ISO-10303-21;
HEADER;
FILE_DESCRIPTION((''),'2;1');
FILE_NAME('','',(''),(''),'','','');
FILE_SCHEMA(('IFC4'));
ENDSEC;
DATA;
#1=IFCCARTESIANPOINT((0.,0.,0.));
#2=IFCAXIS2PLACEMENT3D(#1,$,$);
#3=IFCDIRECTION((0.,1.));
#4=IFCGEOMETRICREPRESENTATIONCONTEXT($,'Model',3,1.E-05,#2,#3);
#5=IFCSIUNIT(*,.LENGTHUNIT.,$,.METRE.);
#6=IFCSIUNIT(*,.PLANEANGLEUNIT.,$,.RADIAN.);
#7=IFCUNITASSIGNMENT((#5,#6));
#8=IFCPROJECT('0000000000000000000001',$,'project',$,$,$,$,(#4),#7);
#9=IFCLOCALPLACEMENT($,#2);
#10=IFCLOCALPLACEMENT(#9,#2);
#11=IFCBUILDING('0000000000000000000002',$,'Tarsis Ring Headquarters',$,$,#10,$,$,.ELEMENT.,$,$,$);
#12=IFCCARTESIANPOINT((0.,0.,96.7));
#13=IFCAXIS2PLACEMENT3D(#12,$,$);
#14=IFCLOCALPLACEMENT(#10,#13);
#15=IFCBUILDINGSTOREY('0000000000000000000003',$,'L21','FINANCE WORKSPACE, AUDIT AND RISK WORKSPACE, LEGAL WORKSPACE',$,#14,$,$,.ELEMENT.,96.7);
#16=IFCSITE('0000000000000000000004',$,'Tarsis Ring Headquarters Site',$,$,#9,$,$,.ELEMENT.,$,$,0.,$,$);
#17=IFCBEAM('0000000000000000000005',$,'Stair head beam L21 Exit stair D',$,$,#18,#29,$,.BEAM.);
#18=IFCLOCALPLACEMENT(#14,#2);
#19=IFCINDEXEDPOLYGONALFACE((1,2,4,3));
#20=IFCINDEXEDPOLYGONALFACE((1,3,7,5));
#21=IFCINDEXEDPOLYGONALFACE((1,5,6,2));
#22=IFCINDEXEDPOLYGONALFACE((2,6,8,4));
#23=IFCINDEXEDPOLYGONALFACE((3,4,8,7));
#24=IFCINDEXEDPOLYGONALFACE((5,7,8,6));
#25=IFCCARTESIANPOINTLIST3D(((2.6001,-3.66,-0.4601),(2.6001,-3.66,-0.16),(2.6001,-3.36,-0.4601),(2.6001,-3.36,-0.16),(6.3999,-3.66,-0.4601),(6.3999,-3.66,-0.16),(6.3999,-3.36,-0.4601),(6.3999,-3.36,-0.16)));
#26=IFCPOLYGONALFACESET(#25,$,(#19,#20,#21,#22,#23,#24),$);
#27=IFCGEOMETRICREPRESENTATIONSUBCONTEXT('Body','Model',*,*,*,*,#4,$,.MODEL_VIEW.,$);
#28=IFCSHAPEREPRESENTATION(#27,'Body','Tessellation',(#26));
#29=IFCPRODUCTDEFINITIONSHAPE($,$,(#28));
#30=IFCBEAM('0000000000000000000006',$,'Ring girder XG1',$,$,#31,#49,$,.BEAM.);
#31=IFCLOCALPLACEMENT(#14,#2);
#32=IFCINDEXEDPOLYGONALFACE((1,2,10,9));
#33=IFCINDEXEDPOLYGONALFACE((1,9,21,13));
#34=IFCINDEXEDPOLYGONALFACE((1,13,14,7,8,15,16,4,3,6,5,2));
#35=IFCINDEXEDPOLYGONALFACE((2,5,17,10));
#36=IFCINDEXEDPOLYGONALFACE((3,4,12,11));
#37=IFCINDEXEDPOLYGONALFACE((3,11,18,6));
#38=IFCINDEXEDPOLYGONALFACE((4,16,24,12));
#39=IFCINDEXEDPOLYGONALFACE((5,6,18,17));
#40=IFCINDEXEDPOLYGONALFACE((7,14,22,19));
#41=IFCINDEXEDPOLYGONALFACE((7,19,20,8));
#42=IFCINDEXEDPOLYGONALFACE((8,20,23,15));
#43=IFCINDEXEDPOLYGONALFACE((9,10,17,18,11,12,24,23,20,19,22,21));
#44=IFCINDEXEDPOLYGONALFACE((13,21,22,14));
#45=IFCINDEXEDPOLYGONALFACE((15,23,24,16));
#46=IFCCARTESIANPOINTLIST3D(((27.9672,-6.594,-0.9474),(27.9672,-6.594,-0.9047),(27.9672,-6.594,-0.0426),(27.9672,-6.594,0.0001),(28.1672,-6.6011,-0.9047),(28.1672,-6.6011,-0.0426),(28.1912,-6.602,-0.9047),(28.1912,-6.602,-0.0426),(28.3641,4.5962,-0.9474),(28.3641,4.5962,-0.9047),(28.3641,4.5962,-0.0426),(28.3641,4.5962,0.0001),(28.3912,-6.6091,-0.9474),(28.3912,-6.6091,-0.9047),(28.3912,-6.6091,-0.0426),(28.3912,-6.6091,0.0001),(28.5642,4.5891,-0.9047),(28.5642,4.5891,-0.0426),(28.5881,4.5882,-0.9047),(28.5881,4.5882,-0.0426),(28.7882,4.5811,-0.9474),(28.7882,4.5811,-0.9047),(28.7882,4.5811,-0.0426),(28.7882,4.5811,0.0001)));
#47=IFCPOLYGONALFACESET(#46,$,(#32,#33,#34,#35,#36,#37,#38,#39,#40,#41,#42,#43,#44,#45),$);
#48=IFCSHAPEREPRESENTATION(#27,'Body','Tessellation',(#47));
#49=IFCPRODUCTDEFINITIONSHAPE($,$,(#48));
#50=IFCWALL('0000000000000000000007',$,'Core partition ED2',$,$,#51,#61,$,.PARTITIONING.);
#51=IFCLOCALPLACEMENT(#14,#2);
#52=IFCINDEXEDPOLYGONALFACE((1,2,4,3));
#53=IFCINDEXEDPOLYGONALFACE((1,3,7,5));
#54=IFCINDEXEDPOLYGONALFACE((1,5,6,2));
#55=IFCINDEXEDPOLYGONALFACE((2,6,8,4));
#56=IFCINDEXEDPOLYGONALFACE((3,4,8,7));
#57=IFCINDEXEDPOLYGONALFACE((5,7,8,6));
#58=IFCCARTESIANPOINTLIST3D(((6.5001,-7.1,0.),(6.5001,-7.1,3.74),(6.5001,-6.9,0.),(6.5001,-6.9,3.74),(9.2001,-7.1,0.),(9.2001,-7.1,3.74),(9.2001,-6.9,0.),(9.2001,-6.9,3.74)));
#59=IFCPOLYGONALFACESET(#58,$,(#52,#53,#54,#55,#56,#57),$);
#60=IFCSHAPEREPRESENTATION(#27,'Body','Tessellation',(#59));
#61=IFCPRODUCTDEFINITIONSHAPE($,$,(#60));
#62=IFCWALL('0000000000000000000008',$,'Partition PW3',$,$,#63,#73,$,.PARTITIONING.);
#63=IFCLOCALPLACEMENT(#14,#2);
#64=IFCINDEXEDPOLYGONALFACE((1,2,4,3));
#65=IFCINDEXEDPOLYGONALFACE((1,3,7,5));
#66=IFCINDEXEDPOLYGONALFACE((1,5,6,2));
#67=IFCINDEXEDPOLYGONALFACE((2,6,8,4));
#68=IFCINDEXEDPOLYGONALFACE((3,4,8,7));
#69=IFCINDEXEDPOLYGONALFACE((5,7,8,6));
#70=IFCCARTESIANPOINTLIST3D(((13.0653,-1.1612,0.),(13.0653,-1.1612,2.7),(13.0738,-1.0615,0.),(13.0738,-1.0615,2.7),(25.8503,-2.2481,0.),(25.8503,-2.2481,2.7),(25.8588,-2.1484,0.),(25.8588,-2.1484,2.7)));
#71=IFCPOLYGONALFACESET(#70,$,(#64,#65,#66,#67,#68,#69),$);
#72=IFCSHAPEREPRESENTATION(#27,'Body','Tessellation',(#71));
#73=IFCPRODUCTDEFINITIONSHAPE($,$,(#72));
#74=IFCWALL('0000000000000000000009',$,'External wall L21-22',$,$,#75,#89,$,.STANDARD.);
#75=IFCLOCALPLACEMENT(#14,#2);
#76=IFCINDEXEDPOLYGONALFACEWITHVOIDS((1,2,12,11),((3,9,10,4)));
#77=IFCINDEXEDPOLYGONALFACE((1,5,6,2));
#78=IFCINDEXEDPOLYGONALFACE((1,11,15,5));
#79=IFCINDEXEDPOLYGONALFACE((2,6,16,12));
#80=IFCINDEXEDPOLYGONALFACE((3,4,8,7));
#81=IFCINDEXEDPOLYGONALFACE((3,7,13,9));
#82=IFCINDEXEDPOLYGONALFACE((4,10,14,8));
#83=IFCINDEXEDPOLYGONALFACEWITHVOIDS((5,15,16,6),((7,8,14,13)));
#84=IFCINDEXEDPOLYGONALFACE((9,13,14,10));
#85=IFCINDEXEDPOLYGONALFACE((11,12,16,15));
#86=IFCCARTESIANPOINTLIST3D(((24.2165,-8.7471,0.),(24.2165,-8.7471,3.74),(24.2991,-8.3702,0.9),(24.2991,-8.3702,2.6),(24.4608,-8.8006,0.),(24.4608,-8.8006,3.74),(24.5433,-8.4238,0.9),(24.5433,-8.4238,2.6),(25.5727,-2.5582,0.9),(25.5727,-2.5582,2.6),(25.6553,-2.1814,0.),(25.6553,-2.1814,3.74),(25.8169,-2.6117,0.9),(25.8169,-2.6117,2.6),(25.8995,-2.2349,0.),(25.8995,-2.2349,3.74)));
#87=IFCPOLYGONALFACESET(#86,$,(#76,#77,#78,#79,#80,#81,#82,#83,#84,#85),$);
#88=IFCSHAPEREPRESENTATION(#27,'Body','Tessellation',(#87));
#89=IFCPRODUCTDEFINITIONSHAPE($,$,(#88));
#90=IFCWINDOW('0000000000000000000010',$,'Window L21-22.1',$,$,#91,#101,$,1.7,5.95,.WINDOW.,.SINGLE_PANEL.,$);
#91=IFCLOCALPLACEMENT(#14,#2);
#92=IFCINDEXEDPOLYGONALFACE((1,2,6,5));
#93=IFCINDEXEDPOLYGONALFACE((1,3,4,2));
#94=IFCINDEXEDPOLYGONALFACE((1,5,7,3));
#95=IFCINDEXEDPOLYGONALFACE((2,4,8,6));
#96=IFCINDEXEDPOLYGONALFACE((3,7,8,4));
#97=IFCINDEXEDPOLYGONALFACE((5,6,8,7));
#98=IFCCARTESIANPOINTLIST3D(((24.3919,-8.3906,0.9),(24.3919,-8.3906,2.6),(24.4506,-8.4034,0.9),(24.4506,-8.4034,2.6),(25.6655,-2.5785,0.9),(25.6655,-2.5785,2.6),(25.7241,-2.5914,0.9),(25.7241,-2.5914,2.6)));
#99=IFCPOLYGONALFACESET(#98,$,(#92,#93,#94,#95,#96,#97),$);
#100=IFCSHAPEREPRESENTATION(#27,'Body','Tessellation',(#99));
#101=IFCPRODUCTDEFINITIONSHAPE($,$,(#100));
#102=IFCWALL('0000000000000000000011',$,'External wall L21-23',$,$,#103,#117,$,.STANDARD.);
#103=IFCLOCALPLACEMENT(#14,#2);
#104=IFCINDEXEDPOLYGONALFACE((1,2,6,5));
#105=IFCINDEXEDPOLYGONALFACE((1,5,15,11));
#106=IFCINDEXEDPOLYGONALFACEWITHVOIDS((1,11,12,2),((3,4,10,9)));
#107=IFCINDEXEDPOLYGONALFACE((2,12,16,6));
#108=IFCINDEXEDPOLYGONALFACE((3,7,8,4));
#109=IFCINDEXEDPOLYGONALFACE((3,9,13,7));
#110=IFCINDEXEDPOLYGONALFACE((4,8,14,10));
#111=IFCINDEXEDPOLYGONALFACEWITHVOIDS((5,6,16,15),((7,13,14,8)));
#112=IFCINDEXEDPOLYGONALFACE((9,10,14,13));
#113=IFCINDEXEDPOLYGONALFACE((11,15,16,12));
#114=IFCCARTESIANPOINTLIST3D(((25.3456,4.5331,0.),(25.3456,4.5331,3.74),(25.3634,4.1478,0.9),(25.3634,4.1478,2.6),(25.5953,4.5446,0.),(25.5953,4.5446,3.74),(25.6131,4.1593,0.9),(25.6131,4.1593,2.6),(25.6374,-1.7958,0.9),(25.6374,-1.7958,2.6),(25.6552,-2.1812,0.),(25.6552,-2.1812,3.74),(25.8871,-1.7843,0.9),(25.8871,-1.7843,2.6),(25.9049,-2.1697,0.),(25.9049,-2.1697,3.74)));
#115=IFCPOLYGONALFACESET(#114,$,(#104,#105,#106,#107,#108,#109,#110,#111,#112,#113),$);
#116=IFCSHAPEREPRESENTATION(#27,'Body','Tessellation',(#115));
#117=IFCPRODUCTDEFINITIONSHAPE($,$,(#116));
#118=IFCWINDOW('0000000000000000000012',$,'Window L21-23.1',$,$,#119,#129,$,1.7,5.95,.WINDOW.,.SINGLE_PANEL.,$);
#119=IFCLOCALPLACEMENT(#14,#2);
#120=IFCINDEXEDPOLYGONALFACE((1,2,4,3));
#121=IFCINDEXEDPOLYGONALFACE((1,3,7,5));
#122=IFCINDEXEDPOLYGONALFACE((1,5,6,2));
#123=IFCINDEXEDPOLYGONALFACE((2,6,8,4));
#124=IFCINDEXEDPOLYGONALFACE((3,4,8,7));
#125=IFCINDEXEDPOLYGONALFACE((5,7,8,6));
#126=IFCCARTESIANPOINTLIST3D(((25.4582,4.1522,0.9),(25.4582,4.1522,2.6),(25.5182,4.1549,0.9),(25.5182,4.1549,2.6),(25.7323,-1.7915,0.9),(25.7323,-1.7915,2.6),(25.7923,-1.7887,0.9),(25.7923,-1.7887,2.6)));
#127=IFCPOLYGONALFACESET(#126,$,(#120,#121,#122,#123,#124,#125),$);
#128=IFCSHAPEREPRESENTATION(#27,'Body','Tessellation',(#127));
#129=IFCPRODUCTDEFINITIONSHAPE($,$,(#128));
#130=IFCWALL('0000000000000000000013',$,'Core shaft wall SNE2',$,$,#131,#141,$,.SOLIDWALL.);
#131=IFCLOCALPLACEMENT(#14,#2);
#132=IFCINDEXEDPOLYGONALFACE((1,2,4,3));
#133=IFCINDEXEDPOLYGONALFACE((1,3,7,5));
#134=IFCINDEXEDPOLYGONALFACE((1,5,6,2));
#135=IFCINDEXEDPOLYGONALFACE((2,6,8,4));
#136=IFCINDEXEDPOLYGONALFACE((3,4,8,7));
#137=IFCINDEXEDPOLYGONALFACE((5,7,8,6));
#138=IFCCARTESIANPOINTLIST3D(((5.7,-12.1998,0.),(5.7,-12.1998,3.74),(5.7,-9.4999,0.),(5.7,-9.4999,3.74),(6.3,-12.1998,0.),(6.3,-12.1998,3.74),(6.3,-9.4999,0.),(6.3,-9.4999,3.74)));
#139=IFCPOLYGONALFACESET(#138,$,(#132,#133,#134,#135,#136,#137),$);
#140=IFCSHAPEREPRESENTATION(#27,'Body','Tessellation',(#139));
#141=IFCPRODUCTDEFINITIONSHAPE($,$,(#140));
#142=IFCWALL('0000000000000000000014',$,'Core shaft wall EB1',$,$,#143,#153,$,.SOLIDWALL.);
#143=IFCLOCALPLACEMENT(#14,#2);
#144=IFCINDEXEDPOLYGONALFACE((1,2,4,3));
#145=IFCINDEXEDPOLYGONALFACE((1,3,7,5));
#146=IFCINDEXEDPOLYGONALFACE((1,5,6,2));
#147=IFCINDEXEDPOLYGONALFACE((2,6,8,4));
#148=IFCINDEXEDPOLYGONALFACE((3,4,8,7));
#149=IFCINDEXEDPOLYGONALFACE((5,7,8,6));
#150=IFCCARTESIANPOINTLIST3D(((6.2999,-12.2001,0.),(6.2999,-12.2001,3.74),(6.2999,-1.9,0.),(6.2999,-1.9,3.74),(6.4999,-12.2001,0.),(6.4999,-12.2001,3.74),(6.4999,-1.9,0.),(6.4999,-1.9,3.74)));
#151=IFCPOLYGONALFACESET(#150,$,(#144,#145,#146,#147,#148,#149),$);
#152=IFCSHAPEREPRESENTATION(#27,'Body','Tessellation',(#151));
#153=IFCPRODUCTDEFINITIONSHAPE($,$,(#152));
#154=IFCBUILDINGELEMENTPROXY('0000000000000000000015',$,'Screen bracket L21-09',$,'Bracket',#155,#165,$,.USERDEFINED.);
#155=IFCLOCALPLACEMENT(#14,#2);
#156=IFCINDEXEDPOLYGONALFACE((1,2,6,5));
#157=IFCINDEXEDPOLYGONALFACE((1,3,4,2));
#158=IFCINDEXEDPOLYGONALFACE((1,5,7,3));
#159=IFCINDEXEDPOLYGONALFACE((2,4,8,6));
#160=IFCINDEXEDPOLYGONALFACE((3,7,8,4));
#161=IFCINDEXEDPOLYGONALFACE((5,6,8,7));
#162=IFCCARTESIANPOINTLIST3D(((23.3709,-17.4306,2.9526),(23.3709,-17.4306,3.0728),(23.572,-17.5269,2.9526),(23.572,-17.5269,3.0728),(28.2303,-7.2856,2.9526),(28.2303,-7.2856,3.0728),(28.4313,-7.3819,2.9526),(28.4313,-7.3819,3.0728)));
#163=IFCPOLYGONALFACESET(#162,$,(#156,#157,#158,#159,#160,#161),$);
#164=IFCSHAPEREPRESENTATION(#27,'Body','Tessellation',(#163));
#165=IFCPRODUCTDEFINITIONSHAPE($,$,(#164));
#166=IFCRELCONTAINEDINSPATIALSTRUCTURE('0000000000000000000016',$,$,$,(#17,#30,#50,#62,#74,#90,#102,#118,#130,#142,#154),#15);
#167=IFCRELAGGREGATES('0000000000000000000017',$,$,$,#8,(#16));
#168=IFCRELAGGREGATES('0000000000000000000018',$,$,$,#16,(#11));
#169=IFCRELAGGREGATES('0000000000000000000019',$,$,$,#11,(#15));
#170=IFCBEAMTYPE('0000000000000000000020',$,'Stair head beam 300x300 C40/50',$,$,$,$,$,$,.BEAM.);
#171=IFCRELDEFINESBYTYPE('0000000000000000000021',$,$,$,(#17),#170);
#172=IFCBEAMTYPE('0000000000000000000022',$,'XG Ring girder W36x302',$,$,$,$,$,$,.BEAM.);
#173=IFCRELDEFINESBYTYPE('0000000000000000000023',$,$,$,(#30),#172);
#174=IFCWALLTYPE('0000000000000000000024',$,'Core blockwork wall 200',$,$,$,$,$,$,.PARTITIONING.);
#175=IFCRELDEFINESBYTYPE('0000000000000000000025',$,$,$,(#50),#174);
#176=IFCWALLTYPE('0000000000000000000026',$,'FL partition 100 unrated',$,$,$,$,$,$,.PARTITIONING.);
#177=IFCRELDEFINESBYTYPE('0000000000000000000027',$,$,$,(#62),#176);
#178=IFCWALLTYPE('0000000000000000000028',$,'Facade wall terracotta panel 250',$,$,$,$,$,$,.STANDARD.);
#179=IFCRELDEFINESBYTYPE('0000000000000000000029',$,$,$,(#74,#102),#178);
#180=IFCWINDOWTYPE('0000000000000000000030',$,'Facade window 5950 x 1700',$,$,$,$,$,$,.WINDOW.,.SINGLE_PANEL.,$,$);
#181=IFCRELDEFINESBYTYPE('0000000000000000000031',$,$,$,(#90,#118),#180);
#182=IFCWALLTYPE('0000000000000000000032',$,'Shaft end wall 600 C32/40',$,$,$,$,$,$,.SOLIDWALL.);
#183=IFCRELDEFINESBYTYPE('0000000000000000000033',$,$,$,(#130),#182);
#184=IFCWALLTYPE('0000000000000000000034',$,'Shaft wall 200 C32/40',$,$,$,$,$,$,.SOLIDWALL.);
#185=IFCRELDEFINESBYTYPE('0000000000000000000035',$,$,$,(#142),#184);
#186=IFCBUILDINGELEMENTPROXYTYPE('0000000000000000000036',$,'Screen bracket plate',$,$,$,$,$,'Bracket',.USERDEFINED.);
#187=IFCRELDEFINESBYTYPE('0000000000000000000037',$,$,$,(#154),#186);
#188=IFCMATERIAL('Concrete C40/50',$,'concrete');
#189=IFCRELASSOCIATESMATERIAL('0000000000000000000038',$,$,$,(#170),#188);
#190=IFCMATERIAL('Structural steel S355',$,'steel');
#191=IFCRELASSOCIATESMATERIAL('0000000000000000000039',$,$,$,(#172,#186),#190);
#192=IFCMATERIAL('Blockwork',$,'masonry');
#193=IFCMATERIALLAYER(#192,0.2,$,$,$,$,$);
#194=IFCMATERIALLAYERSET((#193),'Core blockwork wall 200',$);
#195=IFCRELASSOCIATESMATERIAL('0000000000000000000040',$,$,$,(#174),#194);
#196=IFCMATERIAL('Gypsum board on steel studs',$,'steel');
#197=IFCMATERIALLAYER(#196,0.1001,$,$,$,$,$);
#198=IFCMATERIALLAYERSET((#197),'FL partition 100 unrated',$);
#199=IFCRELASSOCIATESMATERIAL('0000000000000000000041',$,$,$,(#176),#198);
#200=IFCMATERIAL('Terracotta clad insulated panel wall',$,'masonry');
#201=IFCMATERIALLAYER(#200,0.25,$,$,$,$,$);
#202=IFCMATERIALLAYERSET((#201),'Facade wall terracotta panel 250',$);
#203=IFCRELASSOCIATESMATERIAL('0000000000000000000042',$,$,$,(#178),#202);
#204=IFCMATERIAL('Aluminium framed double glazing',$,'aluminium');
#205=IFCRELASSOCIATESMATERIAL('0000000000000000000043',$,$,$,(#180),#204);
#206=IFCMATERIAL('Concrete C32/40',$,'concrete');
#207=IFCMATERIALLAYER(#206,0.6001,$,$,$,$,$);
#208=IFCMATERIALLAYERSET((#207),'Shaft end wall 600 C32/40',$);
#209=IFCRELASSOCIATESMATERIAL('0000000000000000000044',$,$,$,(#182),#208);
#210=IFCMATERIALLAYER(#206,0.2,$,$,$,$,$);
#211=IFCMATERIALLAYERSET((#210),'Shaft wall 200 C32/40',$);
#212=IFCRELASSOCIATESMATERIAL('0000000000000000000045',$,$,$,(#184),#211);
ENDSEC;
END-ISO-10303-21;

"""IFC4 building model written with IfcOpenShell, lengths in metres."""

from ifc_helpers import new_model, si_unit, direction, frame, frame_2d, origin, origin_2d, place, context, subcontext, project, spatial, rectangle, i_section, extrude, material, layer, layer_set, material_profile, profile_set, type_object, element, fill, save


model = new_model("IFC4")

# Units and contexts
model_context = context("Model", 3, precision=1e-05, world=origin(), true_north=direction((0.0, 1.0)))
body_context = subcontext(model_context, "Body", "Model", "MODEL_VIEW")
ifc_project = project(units=[si_unit("LENGTHUNIT", "METRE"), si_unit("PLANEANGLEUNIT", "RADIAN")], contexts=[model_context])

# Site, building, storey
site_placement = place(None, origin())
site = spatial("IfcSite", under=ifc_project, at=site_placement, Name="Tarsis Ring Headquarters Site", CompositionType="ELEMENT", RefElevation=0.0)
building_placement = place(site_placement, origin())
building = spatial("IfcBuilding", under=site, at=building_placement, Name="Tarsis Ring Headquarters", CompositionType="ELEMENT")
storey_placement = place(building_placement, frame((0.0, 0.0, 96.7)))
storey = spatial("IfcBuildingStorey", under=building, at=storey_placement, Name="L21", Description="FINANCE WORKSPACE, AUDIT AND RISK WORKSPACE, LEGAL WORKSPACE", CompositionType="ELEMENT", Elevation=96.7)

# Shared definitions
ifc_material_1 = material(Name="Structural steel S355", Category="steel")

# Beams
ifc_material_2 = material(Name="Concrete C40/50", Category="concrete")
ifc_material_profile_1 = material_profile(ifc_material_2, rectangle(XDim=0.3, YDim=0.3, at=origin_2d()), Name="Stair head beam 300x300 C40/50")
ifc_profile_set_1 = profile_set([ifc_material_profile_1], Name="Concrete C40/50")
beam_type_1 = type_object("IfcBeamType", Name="Stair head beam 300x300 C40/50", PredefinedType="BEAM", material=ifc_profile_set_1)
beam_1_placement = place(storey_placement, frame((2.6001, -3.51, -0.3101), z_axis=(1.0, 0.0, 0.0), x_axis=(0.0, 1.0, 0.0)))
element("IfcBeam", 1, at=beam_1_placement, inside=storey, type_object=beam_type_1, Name="Stair head beam L21 Exit stair D", PredefinedType="BEAM", context=body_context, shape_type="SweptSolid", body=[
    extrude(rectangle(XDim=0.3, YDim=0.3, at=origin_2d()), origin(), (0.0, 0.0, 1.0), 3.7998),
])
ifc_material_profile_2 = material_profile(ifc_material_1, i_section(OverallWidth=0.4243, OverallDepth=0.9475, WebThickness=0.0239, FlangeThickness=0.0427, at=origin_2d()), Name="W36x302")
ifc_profile_set_2 = profile_set([ifc_material_profile_2], Name="Structural steel S355")
beam_type_2 = type_object("IfcBeamType", Name="XG Ring girder W36x302", PredefinedType="BEAM", material=ifc_profile_set_2)
beam_2_placement = place(storey_placement, frame((28.1792, -6.6016, -0.4736), z_axis=(0.035453, 0.999371, 0.0), x_axis=(-0.999371, 0.035453, 0.0)))
element("IfcBeam", 2, at=beam_2_placement, inside=storey, type_object=beam_type_2, Name="Ring girder XG1", PredefinedType="BEAM", context=body_context, shape_type="SweptSolid", body=[
    extrude(i_section(OverallWidth=0.4243, OverallDepth=0.9475, WebThickness=0.0239, FlangeThickness=0.0427, at=origin_2d()), origin(), (0.0, 0.0, 1.0), 11.1973),
])

# Walls
ifc_material_3 = material(Name="Blockwork", Category="masonry")
ifc_layer_1 = layer(ifc_material_3, 0.2)
ifc_layer_set_1 = layer_set([ifc_layer_1], Name="Core blockwork wall 200")
wall_type_1 = type_object("IfcWallType", Name="Core blockwork wall 200", PredefinedType="PARTITIONING", material=ifc_layer_set_1)
wall_1_placement = place(storey_placement, frame((6.5, -7.0, 0.0), z_axis=(0.0, 0.0, 1.0), x_axis=(1.0, 0.0, 0.0)))
element("IfcWall", 3, at=wall_1_placement, inside=storey, type_object=wall_type_1, Name="Core partition ED2", PredefinedType="PARTITIONING", context=body_context, shape_type="SweptSolid", body=[
    extrude(rectangle(XDim=2.7, YDim=0.2, at=frame_2d((1.3501, 0.0))), origin(), (0.0, 0.0, 1.0), 3.74),
])
ifc_material_4 = material(Name="Gypsum board on steel studs", Category="steel")
ifc_layer_2 = layer(ifc_material_4, 0.1001)
ifc_layer_set_2 = layer_set([ifc_layer_2], Name="FL partition 100 unrated")
wall_type_2 = type_object("IfcWallType", Name="FL partition 100 unrated", PredefinedType="PARTITIONING", material=ifc_layer_set_2)
wall_2_placement = place(storey_placement, frame((13.0696, -1.1113, 0.0), z_axis=(0.0, 0.0, 1.0), x_axis=(0.996406, -0.08471, 0.0)))
element("IfcWall", 4, at=wall_2_placement, inside=storey, type_object=wall_type_2, Name="Partition PW3", PredefinedType="PARTITIONING", context=body_context, shape_type="SweptSolid", body=[
    extrude(rectangle(XDim=12.8311, YDim=0.1001, at=frame_2d((6.4155, 0.0))), origin(), (0.0, 0.0, 1.0), 2.7),
])

# Walls, openings, windows
ifc_material_5 = material(Name="Terracotta clad insulated panel wall", Category="masonry")
ifc_layer_3 = layer(ifc_material_5, 0.25)
ifc_layer_set_3 = layer_set([ifc_layer_3], Name="Facade wall terracotta panel 250")
wall_type_3 = type_object("IfcWallType", Name="Facade wall terracotta panel 250", PredefinedType="STANDARD", material=ifc_layer_set_3)
wall_3_placement = place(storey_placement, frame((24.3386, -8.7739, 0.0), z_axis=(0.0, 0.0, 1.0), x_axis=(0.214049, 0.976823, 0.0)))
wall_3 = element("IfcWall", 5, at=wall_3_placement, inside=storey, type_object=wall_type_3, Name="External wall L21-22", PredefinedType="STANDARD", context=body_context, shape_type="SweptSolid", body=[
    extrude(rectangle(XDim=6.7214, YDim=0.25, at=frame_2d((3.3608, 0.0))), origin(), (0.0, 0.0, 1.0), 3.74),
])
opening_1_placement = place(wall_3_placement, frame((0.3857, 0.0, 0.8999)))
opening_1 = element("IfcOpeningElement", 6, at=opening_1_placement, cuts=wall_3, PredefinedType="OPENING", context=body_context, shape_type="SweptSolid", body=[
    extrude(rectangle(XDim=5.95, YDim=1.7, at=frame_2d((2.9751, 0.8501))), frame((0.0, 0.135, 0.0), z_axis=(0.0, -1.0, 0.0), x_axis=(1.0, 0.0, 0.0)), (0.0, 0.0, 1.0), 0.27),
])
ifc_material_6 = material(Name="Aluminium framed double glazing", Category="aluminium")
window_type = type_object("IfcWindowType", Name="Facade window 5950 x 1700", PartitioningType="SINGLE_PANEL", PredefinedType="WINDOW", material=ifc_material_6)
window_1_placement = place(opening_1_placement, origin())
window_1 = element("IfcWindow", 7, at=window_1_placement, inside=storey, type_object=window_type, Name="Window L21-22.1", OverallHeight=1.7, OverallWidth=5.95, PartitioningType="SINGLE_PANEL", PredefinedType="WINDOW", context=body_context, shape_type="SweptSolid", body=[
    extrude(rectangle(XDim=5.95, YDim=1.7, at=frame_2d((2.9751, 0.8501))), frame((0.0, 0.03, 0.0), z_axis=(0.0, -1.0, 0.0), x_axis=(1.0, 0.0, 0.0)), (0.0, 0.0, 1.0), 0.0601),
])
fill(opening_1, window_1)
wall_4_placement = place(storey_placement, frame((25.78, -2.1755, 0.0), z_axis=(0.0, 0.0, 1.0), x_axis=(-0.046057, 0.998939, 0.0)))
wall_4 = element("IfcWall", 8, at=wall_4_placement, inside=storey, type_object=wall_type_3, Name="External wall L21-23", PredefinedType="STANDARD", context=body_context, shape_type="SweptSolid", body=[
    extrude(rectangle(XDim=6.7214, YDim=0.25, at=frame_2d((3.3608, 0.0))), origin(), (0.0, 0.0, 1.0), 3.74),
])
opening_2_placement = place(wall_4_placement, frame((0.3857, 0.0, 0.8999)))
opening_2 = element("IfcOpeningElement", 9, at=opening_2_placement, cuts=wall_4, PredefinedType="OPENING", context=body_context, shape_type="SweptSolid", body=[
    extrude(rectangle(XDim=5.95, YDim=1.7, at=frame_2d((2.9751, 0.8501))), frame((0.0, 0.135, 0.0), z_axis=(0.0, -1.0, 0.0), x_axis=(1.0, 0.0, 0.0)), (0.0, 0.0, 1.0), 0.27),
])
window_2_placement = place(opening_2_placement, origin())
window_2 = element("IfcWindow", 10, at=window_2_placement, inside=storey, type_object=window_type, Name="Window L21-23.1", OverallHeight=1.7, OverallWidth=5.95, PartitioningType="SINGLE_PANEL", PredefinedType="WINDOW", context=body_context, shape_type="SweptSolid", body=[
    extrude(rectangle(XDim=5.95, YDim=1.7, at=frame_2d((2.9751, 0.8501))), frame((0.0, 0.03, 0.0), z_axis=(0.0, -1.0, 0.0), x_axis=(1.0, 0.0, 0.0)), (0.0, 0.0, 1.0), 0.0601),
])
fill(opening_2, window_2)

# Walls
ifc_material_7 = material(Name="Concrete C32/40", Category="concrete")
ifc_layer_4 = layer(ifc_material_7, 0.6001)
ifc_layer_set_4 = layer_set([ifc_layer_4], Name="Shaft end wall 600 C32/40")
wall_type_4 = type_object("IfcWallType", Name="Shaft end wall 600 C32/40", PredefinedType="SOLIDWALL", material=ifc_layer_set_4)
wall_5_placement = place(storey_placement, frame((6.0, -12.2, 0.0), z_axis=(0.0, 0.0, 1.0), x_axis=(0.0, 1.0, 0.0)))
element("IfcWall", 11, at=wall_5_placement, inside=storey, type_object=wall_type_4, Name="Core shaft wall SNE2", PredefinedType="SOLIDWALL", context=body_context, shape_type="SweptSolid", body=[
    extrude(rectangle(XDim=2.7, YDim=0.6001, at=frame_2d((1.3501, 0.0))), origin(), (0.0, 0.0, 1.0), 3.74),
])
ifc_layer_5 = layer(ifc_material_7, 0.2)
ifc_layer_set_5 = layer_set([ifc_layer_5], Name="Shaft wall 200 C32/40")
wall_type_5 = type_object("IfcWallType", Name="Shaft wall 200 C32/40", PredefinedType="SOLIDWALL", material=ifc_layer_set_5)
wall_6_placement = place(storey_placement, frame((6.3999, -12.2, 0.0), z_axis=(0.0, 0.0, 1.0), x_axis=(0.0, 1.0, 0.0)))
element("IfcWall", 12, at=wall_6_placement, inside=storey, type_object=wall_type_5, Name="Core shaft wall EB1", PredefinedType="SOLIDWALL", context=body_context, shape_type="SweptSolid", body=[
    extrude(rectangle(XDim=10.3, YDim=0.2, at=frame_2d((5.1499, 0.0))), origin(), (0.0, 0.0, 1.0), 3.74),
])

# Building element proxy
building_element_proxy_type = type_object("IfcBuildingElementProxyType", Name="Screen bracket plate", ElementType="Bracket", PredefinedType="USERDEFINED", material=ifc_material_1)
proxy_placement = place(storey_placement, frame((25.9011, -12.4062, 2.9526), z_axis=(0.0, 0.0, 1.0), x_axis=(0.431987, 0.90188, 0.0)))
element("IfcBuildingElementProxy", 13, at=proxy_placement, inside=storey, type_object=building_element_proxy_type, Name="Screen bracket L21-09", ObjectType="Bracket", PredefinedType="USERDEFINED", context=body_context, shape_type="SweptSolid", body=[
    extrude(rectangle(XDim=11.2488, YDim=0.2229, at=origin_2d()), origin(), (0.0, 0.0, 1.0), 0.1201),
])

save(model, "model.ifc")
